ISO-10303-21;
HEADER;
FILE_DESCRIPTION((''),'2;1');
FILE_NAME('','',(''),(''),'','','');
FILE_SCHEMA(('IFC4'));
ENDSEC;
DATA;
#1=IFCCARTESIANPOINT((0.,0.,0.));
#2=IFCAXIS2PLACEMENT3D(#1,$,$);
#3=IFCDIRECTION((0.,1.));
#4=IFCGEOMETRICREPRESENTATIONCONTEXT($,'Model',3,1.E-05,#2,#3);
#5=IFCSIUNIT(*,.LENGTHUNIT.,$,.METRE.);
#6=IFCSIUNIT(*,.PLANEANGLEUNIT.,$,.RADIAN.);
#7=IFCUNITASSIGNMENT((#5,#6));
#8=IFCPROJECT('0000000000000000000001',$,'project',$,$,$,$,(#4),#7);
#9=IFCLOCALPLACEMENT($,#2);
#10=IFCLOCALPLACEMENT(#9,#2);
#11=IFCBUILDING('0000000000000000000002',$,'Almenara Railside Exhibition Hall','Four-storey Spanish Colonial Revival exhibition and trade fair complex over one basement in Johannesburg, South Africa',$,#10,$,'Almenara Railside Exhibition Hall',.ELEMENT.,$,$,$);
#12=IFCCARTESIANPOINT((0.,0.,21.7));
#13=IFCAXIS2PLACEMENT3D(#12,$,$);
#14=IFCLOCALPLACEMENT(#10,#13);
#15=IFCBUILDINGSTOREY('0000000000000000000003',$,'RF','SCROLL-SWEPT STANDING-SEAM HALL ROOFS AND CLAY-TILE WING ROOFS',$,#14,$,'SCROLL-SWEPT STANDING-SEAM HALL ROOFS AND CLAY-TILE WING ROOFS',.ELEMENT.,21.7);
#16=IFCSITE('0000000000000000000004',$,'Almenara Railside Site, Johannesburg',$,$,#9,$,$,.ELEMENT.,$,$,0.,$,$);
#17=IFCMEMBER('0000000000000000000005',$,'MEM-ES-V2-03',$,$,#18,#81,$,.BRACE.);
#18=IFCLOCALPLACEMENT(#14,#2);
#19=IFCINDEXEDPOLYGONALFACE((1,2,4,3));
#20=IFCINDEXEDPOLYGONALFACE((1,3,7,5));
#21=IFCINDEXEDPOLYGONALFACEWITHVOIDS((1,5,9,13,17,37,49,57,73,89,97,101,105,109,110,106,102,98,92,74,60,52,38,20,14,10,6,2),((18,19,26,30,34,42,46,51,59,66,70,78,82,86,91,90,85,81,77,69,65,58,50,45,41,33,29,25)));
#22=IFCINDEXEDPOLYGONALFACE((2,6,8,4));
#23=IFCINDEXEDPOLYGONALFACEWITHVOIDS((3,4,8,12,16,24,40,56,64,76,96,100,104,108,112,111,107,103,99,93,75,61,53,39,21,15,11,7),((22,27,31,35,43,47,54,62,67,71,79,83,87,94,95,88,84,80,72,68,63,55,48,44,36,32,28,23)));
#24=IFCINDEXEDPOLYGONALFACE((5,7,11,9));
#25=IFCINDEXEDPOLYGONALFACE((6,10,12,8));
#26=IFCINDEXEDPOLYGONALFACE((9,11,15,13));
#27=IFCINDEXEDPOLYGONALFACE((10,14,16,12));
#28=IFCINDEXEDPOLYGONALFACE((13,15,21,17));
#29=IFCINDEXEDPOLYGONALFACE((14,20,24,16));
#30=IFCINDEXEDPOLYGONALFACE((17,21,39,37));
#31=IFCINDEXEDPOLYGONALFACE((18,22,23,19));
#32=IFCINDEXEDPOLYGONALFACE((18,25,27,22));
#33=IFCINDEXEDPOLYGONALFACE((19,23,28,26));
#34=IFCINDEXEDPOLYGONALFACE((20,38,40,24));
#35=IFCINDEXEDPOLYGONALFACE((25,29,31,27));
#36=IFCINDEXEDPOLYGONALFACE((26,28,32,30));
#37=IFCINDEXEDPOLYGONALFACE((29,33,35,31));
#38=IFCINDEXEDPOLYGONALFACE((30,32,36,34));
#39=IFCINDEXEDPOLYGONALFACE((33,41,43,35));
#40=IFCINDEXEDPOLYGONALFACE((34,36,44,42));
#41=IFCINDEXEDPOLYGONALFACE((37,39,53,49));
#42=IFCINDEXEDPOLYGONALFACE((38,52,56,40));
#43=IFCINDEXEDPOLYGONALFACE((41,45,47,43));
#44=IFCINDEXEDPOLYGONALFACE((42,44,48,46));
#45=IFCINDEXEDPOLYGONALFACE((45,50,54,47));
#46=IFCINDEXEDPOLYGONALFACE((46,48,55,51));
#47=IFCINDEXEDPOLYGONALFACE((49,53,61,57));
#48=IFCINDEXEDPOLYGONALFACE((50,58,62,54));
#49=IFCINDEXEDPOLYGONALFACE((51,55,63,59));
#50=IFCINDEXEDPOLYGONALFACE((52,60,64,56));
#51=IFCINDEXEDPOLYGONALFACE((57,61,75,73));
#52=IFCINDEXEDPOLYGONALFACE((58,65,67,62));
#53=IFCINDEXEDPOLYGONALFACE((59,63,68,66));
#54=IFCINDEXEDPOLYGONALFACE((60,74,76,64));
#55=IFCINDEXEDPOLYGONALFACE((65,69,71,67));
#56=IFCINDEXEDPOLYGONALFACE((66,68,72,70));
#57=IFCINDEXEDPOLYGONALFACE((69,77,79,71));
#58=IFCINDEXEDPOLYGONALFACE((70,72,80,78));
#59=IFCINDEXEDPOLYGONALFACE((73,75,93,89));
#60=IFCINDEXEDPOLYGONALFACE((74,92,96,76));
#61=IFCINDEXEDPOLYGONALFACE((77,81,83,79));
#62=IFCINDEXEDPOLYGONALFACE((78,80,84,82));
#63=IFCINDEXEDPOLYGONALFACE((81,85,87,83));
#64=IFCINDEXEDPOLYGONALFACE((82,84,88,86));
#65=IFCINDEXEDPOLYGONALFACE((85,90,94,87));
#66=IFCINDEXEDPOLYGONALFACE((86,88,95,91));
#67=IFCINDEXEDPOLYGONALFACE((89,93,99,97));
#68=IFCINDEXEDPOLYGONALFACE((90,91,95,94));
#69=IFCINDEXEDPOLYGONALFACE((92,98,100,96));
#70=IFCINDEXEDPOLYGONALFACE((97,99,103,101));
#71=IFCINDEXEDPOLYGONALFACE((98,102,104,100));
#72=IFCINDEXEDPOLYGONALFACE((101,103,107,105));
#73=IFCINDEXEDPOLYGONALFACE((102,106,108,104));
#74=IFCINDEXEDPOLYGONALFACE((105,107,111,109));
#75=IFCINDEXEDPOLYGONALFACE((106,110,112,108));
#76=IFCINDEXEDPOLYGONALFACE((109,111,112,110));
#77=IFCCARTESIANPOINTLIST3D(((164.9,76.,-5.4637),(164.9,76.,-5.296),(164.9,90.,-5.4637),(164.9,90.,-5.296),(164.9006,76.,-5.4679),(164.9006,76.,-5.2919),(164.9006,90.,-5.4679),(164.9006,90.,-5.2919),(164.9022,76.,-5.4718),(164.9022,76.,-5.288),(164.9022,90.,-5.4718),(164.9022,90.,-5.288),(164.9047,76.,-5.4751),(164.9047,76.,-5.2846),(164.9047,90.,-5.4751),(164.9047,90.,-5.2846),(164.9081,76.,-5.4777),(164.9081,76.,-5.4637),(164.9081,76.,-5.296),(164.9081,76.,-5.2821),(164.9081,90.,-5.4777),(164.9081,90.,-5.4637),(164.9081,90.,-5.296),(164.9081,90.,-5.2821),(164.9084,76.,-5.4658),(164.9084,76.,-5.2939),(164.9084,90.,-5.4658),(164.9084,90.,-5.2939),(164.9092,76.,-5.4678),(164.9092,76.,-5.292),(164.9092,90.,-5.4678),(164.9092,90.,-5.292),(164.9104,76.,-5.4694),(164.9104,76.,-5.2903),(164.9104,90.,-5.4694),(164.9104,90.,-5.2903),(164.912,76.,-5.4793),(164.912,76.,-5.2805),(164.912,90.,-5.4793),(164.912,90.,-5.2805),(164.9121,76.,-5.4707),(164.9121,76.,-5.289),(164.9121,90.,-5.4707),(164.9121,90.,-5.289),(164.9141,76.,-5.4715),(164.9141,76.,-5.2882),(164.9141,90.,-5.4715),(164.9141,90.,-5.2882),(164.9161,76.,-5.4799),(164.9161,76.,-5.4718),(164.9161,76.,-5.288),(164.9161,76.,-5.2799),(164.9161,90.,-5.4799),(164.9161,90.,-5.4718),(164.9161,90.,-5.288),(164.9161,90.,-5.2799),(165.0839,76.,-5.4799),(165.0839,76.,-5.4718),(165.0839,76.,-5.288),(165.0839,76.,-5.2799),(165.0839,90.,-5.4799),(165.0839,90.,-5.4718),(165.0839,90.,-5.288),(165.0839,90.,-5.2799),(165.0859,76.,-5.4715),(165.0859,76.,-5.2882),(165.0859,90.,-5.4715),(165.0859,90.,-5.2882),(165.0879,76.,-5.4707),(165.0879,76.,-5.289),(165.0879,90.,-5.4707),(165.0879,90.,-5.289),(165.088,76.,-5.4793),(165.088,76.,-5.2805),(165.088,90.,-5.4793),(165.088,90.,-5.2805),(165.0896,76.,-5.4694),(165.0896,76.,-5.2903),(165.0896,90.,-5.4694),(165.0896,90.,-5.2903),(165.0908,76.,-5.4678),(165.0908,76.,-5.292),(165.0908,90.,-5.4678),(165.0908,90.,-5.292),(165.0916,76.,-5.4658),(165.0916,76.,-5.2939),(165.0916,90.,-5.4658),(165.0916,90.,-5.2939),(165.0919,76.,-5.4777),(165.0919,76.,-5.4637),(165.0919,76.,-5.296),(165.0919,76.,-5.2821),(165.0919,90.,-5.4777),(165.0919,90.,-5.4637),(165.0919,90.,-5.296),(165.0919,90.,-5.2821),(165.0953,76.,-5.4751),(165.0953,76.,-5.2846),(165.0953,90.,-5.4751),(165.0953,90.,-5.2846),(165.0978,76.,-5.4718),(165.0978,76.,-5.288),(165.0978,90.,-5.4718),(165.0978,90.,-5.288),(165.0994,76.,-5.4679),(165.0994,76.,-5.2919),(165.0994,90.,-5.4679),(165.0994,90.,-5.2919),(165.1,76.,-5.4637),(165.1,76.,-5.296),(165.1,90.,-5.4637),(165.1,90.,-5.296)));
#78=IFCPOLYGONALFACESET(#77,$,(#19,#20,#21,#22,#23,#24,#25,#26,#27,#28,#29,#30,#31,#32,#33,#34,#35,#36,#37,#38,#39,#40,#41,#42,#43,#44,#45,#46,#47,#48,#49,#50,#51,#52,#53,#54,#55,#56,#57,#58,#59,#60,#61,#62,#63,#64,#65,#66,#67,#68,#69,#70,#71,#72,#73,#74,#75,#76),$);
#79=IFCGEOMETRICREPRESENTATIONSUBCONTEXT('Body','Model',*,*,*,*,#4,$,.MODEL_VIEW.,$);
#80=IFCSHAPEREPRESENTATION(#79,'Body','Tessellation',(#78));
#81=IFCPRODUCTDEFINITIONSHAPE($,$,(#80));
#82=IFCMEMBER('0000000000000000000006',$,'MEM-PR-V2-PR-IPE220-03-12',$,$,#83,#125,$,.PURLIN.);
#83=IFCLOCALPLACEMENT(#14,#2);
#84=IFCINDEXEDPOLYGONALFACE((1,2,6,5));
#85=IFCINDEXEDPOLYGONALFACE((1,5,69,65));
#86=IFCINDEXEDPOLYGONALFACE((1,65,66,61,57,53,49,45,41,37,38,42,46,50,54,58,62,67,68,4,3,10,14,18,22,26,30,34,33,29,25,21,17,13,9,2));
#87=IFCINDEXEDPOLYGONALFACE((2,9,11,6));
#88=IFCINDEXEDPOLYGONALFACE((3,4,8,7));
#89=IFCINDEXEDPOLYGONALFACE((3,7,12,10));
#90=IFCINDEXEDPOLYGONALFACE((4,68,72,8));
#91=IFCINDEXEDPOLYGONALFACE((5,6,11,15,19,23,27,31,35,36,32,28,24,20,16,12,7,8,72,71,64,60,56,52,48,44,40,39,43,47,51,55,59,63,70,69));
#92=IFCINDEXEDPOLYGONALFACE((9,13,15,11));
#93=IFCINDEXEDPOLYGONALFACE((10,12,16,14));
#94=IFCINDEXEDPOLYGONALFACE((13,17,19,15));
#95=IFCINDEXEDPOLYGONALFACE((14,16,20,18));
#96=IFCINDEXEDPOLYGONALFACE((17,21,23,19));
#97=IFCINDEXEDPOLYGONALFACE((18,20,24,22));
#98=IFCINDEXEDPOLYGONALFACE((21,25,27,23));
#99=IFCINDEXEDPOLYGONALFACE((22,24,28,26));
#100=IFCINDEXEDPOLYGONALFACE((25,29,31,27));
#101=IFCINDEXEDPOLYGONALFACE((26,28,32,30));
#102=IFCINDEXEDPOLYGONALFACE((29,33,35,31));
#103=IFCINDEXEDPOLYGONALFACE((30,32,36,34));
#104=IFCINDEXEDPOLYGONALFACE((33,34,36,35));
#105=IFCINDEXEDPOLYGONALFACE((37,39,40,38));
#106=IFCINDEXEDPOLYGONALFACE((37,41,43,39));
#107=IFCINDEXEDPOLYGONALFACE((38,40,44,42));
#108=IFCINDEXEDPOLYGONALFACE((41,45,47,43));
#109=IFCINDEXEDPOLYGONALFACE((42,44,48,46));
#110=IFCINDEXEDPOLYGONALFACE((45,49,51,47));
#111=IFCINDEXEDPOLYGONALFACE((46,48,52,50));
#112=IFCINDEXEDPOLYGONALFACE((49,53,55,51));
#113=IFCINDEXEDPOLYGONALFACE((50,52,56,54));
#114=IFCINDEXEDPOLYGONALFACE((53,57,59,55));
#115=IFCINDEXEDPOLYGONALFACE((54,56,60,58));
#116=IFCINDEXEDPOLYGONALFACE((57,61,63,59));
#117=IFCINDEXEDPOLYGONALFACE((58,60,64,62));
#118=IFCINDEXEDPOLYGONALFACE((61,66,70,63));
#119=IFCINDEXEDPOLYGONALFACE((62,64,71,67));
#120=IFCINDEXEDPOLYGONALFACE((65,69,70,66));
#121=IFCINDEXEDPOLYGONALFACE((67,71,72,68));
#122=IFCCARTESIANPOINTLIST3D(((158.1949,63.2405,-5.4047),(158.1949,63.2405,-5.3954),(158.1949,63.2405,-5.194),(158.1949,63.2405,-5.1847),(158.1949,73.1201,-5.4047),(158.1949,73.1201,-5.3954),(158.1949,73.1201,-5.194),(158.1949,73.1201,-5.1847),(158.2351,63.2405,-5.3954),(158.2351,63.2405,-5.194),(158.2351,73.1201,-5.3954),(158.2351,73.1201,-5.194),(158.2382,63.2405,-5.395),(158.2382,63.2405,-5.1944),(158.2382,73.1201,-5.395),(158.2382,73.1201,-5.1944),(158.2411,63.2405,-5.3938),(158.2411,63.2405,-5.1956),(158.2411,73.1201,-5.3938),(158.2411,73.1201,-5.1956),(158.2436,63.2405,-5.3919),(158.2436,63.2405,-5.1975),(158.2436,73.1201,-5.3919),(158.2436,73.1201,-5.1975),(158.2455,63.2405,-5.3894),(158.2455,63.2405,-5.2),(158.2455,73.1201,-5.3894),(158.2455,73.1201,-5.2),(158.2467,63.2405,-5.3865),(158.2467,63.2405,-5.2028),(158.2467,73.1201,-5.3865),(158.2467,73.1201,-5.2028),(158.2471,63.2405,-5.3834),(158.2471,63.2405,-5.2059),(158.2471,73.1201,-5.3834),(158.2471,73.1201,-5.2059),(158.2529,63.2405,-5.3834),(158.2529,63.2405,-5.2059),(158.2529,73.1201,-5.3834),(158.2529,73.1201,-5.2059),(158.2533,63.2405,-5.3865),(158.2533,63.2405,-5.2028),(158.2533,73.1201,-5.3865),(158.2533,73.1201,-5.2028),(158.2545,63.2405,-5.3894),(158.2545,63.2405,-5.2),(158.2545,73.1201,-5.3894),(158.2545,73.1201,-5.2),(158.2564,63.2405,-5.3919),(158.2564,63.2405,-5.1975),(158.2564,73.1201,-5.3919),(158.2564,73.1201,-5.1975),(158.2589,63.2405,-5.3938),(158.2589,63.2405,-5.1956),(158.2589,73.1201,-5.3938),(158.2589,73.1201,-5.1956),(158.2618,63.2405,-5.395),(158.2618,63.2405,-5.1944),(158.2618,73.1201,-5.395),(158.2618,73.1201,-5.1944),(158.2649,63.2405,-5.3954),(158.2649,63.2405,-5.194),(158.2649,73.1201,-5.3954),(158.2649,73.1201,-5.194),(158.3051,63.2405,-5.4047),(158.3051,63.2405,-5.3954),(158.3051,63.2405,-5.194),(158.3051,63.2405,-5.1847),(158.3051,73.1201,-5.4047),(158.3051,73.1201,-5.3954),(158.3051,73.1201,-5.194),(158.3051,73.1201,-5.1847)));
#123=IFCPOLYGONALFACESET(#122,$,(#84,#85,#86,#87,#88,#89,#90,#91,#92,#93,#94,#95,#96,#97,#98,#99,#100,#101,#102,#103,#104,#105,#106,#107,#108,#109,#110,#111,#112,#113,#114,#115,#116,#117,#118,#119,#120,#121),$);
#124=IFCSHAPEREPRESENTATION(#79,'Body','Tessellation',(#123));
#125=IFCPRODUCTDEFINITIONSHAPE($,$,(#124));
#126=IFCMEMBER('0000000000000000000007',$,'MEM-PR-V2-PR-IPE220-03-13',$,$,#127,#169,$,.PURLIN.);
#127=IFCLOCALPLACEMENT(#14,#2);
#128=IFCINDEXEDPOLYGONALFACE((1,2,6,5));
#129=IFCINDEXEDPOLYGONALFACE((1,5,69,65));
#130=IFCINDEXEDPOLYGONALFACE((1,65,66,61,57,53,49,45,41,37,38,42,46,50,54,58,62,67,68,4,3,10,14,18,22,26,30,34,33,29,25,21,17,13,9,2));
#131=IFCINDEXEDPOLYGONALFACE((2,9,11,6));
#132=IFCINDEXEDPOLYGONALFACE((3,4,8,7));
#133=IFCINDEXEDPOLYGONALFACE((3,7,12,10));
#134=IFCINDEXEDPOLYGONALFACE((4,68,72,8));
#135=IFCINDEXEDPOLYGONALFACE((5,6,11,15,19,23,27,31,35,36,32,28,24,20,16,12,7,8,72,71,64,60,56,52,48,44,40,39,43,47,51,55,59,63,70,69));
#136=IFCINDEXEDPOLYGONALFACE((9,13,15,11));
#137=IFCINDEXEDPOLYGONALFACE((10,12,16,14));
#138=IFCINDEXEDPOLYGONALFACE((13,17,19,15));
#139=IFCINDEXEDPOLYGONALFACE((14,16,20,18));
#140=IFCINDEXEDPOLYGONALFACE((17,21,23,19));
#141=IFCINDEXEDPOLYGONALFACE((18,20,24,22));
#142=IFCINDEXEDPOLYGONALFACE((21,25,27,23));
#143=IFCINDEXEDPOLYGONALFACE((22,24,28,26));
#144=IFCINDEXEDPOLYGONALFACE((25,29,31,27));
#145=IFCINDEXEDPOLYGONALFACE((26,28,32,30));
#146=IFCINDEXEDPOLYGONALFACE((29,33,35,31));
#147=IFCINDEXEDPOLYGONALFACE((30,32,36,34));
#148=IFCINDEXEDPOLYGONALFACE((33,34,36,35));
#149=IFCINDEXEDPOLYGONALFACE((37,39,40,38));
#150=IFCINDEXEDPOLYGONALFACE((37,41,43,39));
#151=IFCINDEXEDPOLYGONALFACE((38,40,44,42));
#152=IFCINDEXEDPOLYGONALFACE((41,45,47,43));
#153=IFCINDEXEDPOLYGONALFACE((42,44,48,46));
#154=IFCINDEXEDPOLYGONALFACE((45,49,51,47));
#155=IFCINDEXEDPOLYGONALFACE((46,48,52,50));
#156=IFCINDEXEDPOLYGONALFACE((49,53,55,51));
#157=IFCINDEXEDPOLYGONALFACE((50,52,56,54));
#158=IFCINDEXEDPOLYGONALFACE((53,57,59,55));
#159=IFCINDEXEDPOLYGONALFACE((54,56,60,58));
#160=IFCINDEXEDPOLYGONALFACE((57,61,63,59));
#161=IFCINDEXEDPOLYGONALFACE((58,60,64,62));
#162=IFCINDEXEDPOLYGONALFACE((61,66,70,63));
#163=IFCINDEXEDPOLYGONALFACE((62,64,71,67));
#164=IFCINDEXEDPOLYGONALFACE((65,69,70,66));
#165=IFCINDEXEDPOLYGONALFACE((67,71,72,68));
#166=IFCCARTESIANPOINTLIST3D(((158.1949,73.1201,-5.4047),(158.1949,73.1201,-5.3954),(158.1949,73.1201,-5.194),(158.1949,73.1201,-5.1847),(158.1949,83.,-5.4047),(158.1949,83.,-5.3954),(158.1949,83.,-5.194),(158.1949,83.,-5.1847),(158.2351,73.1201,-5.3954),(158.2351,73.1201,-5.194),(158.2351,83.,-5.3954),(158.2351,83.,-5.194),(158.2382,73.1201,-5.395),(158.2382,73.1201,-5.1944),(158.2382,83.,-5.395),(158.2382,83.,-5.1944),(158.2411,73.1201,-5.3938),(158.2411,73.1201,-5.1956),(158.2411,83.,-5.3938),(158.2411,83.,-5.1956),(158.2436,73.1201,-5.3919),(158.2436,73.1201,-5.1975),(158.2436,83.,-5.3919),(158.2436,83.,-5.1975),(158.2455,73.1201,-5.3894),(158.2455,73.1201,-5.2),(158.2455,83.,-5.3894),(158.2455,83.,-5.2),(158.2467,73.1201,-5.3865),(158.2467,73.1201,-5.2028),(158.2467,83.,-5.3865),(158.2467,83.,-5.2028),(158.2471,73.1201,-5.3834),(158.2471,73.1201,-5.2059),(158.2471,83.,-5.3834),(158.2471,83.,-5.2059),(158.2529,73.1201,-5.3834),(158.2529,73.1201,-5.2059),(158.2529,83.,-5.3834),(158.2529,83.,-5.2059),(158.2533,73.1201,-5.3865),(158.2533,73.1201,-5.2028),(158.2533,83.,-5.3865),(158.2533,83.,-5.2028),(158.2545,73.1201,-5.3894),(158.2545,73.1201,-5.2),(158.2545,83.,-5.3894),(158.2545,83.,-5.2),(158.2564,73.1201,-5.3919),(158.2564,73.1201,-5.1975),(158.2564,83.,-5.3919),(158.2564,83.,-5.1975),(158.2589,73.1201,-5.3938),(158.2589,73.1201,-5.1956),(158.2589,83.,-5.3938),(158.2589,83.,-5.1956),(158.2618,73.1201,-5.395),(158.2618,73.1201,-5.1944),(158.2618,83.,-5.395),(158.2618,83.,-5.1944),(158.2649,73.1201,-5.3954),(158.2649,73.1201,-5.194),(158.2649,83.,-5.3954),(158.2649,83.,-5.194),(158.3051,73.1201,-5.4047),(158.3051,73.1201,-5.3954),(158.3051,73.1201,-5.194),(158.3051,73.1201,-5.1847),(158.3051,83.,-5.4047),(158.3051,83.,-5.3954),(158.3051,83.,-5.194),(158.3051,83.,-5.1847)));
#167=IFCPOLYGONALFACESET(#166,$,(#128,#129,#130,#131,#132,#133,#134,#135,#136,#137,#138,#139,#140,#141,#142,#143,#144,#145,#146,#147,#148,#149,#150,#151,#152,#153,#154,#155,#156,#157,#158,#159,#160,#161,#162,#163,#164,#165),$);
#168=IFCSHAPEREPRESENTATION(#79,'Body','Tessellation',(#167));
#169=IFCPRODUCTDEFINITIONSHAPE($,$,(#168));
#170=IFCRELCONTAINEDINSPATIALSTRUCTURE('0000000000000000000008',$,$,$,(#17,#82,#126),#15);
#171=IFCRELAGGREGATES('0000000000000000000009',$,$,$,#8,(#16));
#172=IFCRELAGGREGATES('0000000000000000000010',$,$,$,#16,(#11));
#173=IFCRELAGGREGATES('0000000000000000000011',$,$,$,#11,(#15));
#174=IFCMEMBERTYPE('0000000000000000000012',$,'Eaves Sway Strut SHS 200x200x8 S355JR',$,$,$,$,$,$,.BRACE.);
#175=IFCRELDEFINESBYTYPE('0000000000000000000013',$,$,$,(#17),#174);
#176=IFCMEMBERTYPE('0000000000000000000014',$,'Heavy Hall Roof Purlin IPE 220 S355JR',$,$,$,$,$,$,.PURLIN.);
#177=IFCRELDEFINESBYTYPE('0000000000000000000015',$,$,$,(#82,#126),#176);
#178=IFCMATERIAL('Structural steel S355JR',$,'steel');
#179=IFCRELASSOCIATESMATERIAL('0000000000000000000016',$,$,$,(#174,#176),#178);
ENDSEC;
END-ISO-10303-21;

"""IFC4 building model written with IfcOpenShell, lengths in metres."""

from ifc_helpers import new_model, si_unit, direction, frame, origin, origin_2d, place, context, subcontext, project, spatial, hollow_rectangle, i_section, extrude, material, material_profile, profile_set, type_object, element, save


model = new_model("IFC4")

# Units and contexts
model_context = context("Model", 3, precision=1e-05, world=origin(), true_north=direction((0.0, 1.0)))
body_context = subcontext(model_context, "Body", "Model", "MODEL_VIEW")
ifc_project = project(units=[si_unit("LENGTHUNIT", "METRE"), si_unit("PLANEANGLEUNIT", "RADIAN")], contexts=[model_context])

# Site, building, storey
site_placement = place(None, origin())
site = spatial("IfcSite", under=ifc_project, at=site_placement, Name="Almenara Railside Site, Johannesburg", CompositionType="ELEMENT", RefElevation=0.0)
building_placement = place(site_placement, origin())
building = spatial("IfcBuilding", under=site, at=building_placement, Name="Almenara Railside Exhibition Hall", Description="Four-storey Spanish Colonial Revival exhibition and trade fair complex over one basement in Johannesburg, South Africa", LongName="Almenara Railside Exhibition Hall", CompositionType="ELEMENT")
storey_placement = place(building_placement, frame((0.0, 0.0, 21.7)))
storey = spatial("IfcBuildingStorey", under=building, at=storey_placement, Name="RF", Description="SCROLL-SWEPT STANDING-SEAM HALL ROOFS AND CLAY-TILE WING ROOFS", LongName="SCROLL-SWEPT STANDING-SEAM HALL ROOFS AND CLAY-TILE WING ROOFS", CompositionType="ELEMENT", Elevation=21.7)

# Members
ifc_material_1 = material(Name="Structural steel S355JR", Category="steel")
ifc_material_profile_1 = material_profile(ifc_material_1, hollow_rectangle(XDim=0.2, YDim=0.2, WallThickness=0.0081, InnerFilletRadius=0.0081, OuterFilletRadius=0.0161, at=origin_2d()), Name="SHS 200x200x8")
ifc_profile_set_1 = profile_set([ifc_material_profile_1], Name="Structural steel S355JR")
member_type_1 = type_object("IfcMemberType", Name="Eaves Sway Strut SHS 200x200x8 S355JR", PredefinedType="BRACE", material=ifc_profile_set_1)
for number, where, z_axis, x_axis, name in (
    (1, (165.0, 76.0, -5.3799), (0.0, 1.0, 0.0), (-1.0, 0.0, 0.0), "MEM-ES-V2-03"),
):
    element("IfcMember", number, at=place(storey_placement, frame(where, z_axis=z_axis, x_axis=x_axis)), inside=storey, type_object=member_type_1, Name=name, PredefinedType="BRACE", context=body_context, shape_type="SweptSolid", body=[
        extrude(hollow_rectangle(XDim=0.2, YDim=0.2, WallThickness=0.0081, InnerFilletRadius=0.0081, OuterFilletRadius=0.0161, at=origin_2d()), origin(), (0.0, 0.0, 1.0), 14.0),
    ])
ifc_material_profile_2 = material_profile(ifc_material_1, i_section(OverallWidth=0.1101, OverallDepth=0.22, WebThickness=0.0059, FlangeThickness=0.0093, FilletRadius=0.012, at=origin_2d()), Name="IPE 220")
ifc_profile_set_2 = profile_set([ifc_material_profile_2], Name="Structural steel S355JR")
member_type_2 = type_object("IfcMemberType", Name="Heavy Hall Roof Purlin IPE 220 S355JR", PredefinedType="PURLIN", material=ifc_profile_set_2)
member_1_placement = place(storey_placement, frame((158.25, 63.2405, -5.2947), z_axis=(0.0, 1.0, 0.0), x_axis=(-1.0, 0.0, 0.0)))
element("IfcMember", 2, at=member_1_placement, inside=storey, type_object=member_type_2, Name="MEM-PR-V2-PR-IPE220-03-12", PredefinedType="PURLIN", context=body_context, shape_type="SweptSolid", body=[
    extrude(i_section(OverallWidth=0.1101, OverallDepth=0.22, WebThickness=0.0059, FlangeThickness=0.0093, FilletRadius=0.012, at=origin_2d()), origin(), (0.0, 0.0, 1.0), 9.8796),
])
member_2_placement = place(storey_placement, frame((158.25, 73.1201, -5.2947), z_axis=(0.0, 1.0, 0.0), x_axis=(-1.0, 0.0, 0.0)))
element("IfcMember", 3, at=member_2_placement, inside=storey, type_object=member_type_2, Name="MEM-PR-V2-PR-IPE220-03-13", PredefinedType="PURLIN", context=body_context, shape_type="SweptSolid", body=[
    extrude(i_section(OverallWidth=0.1101, OverallDepth=0.22, WebThickness=0.0059, FlangeThickness=0.0093, FilletRadius=0.012, at=origin_2d()), origin(), (0.0, 0.0, 1.0), 9.8799),
])

save(model, "model.ifc")
